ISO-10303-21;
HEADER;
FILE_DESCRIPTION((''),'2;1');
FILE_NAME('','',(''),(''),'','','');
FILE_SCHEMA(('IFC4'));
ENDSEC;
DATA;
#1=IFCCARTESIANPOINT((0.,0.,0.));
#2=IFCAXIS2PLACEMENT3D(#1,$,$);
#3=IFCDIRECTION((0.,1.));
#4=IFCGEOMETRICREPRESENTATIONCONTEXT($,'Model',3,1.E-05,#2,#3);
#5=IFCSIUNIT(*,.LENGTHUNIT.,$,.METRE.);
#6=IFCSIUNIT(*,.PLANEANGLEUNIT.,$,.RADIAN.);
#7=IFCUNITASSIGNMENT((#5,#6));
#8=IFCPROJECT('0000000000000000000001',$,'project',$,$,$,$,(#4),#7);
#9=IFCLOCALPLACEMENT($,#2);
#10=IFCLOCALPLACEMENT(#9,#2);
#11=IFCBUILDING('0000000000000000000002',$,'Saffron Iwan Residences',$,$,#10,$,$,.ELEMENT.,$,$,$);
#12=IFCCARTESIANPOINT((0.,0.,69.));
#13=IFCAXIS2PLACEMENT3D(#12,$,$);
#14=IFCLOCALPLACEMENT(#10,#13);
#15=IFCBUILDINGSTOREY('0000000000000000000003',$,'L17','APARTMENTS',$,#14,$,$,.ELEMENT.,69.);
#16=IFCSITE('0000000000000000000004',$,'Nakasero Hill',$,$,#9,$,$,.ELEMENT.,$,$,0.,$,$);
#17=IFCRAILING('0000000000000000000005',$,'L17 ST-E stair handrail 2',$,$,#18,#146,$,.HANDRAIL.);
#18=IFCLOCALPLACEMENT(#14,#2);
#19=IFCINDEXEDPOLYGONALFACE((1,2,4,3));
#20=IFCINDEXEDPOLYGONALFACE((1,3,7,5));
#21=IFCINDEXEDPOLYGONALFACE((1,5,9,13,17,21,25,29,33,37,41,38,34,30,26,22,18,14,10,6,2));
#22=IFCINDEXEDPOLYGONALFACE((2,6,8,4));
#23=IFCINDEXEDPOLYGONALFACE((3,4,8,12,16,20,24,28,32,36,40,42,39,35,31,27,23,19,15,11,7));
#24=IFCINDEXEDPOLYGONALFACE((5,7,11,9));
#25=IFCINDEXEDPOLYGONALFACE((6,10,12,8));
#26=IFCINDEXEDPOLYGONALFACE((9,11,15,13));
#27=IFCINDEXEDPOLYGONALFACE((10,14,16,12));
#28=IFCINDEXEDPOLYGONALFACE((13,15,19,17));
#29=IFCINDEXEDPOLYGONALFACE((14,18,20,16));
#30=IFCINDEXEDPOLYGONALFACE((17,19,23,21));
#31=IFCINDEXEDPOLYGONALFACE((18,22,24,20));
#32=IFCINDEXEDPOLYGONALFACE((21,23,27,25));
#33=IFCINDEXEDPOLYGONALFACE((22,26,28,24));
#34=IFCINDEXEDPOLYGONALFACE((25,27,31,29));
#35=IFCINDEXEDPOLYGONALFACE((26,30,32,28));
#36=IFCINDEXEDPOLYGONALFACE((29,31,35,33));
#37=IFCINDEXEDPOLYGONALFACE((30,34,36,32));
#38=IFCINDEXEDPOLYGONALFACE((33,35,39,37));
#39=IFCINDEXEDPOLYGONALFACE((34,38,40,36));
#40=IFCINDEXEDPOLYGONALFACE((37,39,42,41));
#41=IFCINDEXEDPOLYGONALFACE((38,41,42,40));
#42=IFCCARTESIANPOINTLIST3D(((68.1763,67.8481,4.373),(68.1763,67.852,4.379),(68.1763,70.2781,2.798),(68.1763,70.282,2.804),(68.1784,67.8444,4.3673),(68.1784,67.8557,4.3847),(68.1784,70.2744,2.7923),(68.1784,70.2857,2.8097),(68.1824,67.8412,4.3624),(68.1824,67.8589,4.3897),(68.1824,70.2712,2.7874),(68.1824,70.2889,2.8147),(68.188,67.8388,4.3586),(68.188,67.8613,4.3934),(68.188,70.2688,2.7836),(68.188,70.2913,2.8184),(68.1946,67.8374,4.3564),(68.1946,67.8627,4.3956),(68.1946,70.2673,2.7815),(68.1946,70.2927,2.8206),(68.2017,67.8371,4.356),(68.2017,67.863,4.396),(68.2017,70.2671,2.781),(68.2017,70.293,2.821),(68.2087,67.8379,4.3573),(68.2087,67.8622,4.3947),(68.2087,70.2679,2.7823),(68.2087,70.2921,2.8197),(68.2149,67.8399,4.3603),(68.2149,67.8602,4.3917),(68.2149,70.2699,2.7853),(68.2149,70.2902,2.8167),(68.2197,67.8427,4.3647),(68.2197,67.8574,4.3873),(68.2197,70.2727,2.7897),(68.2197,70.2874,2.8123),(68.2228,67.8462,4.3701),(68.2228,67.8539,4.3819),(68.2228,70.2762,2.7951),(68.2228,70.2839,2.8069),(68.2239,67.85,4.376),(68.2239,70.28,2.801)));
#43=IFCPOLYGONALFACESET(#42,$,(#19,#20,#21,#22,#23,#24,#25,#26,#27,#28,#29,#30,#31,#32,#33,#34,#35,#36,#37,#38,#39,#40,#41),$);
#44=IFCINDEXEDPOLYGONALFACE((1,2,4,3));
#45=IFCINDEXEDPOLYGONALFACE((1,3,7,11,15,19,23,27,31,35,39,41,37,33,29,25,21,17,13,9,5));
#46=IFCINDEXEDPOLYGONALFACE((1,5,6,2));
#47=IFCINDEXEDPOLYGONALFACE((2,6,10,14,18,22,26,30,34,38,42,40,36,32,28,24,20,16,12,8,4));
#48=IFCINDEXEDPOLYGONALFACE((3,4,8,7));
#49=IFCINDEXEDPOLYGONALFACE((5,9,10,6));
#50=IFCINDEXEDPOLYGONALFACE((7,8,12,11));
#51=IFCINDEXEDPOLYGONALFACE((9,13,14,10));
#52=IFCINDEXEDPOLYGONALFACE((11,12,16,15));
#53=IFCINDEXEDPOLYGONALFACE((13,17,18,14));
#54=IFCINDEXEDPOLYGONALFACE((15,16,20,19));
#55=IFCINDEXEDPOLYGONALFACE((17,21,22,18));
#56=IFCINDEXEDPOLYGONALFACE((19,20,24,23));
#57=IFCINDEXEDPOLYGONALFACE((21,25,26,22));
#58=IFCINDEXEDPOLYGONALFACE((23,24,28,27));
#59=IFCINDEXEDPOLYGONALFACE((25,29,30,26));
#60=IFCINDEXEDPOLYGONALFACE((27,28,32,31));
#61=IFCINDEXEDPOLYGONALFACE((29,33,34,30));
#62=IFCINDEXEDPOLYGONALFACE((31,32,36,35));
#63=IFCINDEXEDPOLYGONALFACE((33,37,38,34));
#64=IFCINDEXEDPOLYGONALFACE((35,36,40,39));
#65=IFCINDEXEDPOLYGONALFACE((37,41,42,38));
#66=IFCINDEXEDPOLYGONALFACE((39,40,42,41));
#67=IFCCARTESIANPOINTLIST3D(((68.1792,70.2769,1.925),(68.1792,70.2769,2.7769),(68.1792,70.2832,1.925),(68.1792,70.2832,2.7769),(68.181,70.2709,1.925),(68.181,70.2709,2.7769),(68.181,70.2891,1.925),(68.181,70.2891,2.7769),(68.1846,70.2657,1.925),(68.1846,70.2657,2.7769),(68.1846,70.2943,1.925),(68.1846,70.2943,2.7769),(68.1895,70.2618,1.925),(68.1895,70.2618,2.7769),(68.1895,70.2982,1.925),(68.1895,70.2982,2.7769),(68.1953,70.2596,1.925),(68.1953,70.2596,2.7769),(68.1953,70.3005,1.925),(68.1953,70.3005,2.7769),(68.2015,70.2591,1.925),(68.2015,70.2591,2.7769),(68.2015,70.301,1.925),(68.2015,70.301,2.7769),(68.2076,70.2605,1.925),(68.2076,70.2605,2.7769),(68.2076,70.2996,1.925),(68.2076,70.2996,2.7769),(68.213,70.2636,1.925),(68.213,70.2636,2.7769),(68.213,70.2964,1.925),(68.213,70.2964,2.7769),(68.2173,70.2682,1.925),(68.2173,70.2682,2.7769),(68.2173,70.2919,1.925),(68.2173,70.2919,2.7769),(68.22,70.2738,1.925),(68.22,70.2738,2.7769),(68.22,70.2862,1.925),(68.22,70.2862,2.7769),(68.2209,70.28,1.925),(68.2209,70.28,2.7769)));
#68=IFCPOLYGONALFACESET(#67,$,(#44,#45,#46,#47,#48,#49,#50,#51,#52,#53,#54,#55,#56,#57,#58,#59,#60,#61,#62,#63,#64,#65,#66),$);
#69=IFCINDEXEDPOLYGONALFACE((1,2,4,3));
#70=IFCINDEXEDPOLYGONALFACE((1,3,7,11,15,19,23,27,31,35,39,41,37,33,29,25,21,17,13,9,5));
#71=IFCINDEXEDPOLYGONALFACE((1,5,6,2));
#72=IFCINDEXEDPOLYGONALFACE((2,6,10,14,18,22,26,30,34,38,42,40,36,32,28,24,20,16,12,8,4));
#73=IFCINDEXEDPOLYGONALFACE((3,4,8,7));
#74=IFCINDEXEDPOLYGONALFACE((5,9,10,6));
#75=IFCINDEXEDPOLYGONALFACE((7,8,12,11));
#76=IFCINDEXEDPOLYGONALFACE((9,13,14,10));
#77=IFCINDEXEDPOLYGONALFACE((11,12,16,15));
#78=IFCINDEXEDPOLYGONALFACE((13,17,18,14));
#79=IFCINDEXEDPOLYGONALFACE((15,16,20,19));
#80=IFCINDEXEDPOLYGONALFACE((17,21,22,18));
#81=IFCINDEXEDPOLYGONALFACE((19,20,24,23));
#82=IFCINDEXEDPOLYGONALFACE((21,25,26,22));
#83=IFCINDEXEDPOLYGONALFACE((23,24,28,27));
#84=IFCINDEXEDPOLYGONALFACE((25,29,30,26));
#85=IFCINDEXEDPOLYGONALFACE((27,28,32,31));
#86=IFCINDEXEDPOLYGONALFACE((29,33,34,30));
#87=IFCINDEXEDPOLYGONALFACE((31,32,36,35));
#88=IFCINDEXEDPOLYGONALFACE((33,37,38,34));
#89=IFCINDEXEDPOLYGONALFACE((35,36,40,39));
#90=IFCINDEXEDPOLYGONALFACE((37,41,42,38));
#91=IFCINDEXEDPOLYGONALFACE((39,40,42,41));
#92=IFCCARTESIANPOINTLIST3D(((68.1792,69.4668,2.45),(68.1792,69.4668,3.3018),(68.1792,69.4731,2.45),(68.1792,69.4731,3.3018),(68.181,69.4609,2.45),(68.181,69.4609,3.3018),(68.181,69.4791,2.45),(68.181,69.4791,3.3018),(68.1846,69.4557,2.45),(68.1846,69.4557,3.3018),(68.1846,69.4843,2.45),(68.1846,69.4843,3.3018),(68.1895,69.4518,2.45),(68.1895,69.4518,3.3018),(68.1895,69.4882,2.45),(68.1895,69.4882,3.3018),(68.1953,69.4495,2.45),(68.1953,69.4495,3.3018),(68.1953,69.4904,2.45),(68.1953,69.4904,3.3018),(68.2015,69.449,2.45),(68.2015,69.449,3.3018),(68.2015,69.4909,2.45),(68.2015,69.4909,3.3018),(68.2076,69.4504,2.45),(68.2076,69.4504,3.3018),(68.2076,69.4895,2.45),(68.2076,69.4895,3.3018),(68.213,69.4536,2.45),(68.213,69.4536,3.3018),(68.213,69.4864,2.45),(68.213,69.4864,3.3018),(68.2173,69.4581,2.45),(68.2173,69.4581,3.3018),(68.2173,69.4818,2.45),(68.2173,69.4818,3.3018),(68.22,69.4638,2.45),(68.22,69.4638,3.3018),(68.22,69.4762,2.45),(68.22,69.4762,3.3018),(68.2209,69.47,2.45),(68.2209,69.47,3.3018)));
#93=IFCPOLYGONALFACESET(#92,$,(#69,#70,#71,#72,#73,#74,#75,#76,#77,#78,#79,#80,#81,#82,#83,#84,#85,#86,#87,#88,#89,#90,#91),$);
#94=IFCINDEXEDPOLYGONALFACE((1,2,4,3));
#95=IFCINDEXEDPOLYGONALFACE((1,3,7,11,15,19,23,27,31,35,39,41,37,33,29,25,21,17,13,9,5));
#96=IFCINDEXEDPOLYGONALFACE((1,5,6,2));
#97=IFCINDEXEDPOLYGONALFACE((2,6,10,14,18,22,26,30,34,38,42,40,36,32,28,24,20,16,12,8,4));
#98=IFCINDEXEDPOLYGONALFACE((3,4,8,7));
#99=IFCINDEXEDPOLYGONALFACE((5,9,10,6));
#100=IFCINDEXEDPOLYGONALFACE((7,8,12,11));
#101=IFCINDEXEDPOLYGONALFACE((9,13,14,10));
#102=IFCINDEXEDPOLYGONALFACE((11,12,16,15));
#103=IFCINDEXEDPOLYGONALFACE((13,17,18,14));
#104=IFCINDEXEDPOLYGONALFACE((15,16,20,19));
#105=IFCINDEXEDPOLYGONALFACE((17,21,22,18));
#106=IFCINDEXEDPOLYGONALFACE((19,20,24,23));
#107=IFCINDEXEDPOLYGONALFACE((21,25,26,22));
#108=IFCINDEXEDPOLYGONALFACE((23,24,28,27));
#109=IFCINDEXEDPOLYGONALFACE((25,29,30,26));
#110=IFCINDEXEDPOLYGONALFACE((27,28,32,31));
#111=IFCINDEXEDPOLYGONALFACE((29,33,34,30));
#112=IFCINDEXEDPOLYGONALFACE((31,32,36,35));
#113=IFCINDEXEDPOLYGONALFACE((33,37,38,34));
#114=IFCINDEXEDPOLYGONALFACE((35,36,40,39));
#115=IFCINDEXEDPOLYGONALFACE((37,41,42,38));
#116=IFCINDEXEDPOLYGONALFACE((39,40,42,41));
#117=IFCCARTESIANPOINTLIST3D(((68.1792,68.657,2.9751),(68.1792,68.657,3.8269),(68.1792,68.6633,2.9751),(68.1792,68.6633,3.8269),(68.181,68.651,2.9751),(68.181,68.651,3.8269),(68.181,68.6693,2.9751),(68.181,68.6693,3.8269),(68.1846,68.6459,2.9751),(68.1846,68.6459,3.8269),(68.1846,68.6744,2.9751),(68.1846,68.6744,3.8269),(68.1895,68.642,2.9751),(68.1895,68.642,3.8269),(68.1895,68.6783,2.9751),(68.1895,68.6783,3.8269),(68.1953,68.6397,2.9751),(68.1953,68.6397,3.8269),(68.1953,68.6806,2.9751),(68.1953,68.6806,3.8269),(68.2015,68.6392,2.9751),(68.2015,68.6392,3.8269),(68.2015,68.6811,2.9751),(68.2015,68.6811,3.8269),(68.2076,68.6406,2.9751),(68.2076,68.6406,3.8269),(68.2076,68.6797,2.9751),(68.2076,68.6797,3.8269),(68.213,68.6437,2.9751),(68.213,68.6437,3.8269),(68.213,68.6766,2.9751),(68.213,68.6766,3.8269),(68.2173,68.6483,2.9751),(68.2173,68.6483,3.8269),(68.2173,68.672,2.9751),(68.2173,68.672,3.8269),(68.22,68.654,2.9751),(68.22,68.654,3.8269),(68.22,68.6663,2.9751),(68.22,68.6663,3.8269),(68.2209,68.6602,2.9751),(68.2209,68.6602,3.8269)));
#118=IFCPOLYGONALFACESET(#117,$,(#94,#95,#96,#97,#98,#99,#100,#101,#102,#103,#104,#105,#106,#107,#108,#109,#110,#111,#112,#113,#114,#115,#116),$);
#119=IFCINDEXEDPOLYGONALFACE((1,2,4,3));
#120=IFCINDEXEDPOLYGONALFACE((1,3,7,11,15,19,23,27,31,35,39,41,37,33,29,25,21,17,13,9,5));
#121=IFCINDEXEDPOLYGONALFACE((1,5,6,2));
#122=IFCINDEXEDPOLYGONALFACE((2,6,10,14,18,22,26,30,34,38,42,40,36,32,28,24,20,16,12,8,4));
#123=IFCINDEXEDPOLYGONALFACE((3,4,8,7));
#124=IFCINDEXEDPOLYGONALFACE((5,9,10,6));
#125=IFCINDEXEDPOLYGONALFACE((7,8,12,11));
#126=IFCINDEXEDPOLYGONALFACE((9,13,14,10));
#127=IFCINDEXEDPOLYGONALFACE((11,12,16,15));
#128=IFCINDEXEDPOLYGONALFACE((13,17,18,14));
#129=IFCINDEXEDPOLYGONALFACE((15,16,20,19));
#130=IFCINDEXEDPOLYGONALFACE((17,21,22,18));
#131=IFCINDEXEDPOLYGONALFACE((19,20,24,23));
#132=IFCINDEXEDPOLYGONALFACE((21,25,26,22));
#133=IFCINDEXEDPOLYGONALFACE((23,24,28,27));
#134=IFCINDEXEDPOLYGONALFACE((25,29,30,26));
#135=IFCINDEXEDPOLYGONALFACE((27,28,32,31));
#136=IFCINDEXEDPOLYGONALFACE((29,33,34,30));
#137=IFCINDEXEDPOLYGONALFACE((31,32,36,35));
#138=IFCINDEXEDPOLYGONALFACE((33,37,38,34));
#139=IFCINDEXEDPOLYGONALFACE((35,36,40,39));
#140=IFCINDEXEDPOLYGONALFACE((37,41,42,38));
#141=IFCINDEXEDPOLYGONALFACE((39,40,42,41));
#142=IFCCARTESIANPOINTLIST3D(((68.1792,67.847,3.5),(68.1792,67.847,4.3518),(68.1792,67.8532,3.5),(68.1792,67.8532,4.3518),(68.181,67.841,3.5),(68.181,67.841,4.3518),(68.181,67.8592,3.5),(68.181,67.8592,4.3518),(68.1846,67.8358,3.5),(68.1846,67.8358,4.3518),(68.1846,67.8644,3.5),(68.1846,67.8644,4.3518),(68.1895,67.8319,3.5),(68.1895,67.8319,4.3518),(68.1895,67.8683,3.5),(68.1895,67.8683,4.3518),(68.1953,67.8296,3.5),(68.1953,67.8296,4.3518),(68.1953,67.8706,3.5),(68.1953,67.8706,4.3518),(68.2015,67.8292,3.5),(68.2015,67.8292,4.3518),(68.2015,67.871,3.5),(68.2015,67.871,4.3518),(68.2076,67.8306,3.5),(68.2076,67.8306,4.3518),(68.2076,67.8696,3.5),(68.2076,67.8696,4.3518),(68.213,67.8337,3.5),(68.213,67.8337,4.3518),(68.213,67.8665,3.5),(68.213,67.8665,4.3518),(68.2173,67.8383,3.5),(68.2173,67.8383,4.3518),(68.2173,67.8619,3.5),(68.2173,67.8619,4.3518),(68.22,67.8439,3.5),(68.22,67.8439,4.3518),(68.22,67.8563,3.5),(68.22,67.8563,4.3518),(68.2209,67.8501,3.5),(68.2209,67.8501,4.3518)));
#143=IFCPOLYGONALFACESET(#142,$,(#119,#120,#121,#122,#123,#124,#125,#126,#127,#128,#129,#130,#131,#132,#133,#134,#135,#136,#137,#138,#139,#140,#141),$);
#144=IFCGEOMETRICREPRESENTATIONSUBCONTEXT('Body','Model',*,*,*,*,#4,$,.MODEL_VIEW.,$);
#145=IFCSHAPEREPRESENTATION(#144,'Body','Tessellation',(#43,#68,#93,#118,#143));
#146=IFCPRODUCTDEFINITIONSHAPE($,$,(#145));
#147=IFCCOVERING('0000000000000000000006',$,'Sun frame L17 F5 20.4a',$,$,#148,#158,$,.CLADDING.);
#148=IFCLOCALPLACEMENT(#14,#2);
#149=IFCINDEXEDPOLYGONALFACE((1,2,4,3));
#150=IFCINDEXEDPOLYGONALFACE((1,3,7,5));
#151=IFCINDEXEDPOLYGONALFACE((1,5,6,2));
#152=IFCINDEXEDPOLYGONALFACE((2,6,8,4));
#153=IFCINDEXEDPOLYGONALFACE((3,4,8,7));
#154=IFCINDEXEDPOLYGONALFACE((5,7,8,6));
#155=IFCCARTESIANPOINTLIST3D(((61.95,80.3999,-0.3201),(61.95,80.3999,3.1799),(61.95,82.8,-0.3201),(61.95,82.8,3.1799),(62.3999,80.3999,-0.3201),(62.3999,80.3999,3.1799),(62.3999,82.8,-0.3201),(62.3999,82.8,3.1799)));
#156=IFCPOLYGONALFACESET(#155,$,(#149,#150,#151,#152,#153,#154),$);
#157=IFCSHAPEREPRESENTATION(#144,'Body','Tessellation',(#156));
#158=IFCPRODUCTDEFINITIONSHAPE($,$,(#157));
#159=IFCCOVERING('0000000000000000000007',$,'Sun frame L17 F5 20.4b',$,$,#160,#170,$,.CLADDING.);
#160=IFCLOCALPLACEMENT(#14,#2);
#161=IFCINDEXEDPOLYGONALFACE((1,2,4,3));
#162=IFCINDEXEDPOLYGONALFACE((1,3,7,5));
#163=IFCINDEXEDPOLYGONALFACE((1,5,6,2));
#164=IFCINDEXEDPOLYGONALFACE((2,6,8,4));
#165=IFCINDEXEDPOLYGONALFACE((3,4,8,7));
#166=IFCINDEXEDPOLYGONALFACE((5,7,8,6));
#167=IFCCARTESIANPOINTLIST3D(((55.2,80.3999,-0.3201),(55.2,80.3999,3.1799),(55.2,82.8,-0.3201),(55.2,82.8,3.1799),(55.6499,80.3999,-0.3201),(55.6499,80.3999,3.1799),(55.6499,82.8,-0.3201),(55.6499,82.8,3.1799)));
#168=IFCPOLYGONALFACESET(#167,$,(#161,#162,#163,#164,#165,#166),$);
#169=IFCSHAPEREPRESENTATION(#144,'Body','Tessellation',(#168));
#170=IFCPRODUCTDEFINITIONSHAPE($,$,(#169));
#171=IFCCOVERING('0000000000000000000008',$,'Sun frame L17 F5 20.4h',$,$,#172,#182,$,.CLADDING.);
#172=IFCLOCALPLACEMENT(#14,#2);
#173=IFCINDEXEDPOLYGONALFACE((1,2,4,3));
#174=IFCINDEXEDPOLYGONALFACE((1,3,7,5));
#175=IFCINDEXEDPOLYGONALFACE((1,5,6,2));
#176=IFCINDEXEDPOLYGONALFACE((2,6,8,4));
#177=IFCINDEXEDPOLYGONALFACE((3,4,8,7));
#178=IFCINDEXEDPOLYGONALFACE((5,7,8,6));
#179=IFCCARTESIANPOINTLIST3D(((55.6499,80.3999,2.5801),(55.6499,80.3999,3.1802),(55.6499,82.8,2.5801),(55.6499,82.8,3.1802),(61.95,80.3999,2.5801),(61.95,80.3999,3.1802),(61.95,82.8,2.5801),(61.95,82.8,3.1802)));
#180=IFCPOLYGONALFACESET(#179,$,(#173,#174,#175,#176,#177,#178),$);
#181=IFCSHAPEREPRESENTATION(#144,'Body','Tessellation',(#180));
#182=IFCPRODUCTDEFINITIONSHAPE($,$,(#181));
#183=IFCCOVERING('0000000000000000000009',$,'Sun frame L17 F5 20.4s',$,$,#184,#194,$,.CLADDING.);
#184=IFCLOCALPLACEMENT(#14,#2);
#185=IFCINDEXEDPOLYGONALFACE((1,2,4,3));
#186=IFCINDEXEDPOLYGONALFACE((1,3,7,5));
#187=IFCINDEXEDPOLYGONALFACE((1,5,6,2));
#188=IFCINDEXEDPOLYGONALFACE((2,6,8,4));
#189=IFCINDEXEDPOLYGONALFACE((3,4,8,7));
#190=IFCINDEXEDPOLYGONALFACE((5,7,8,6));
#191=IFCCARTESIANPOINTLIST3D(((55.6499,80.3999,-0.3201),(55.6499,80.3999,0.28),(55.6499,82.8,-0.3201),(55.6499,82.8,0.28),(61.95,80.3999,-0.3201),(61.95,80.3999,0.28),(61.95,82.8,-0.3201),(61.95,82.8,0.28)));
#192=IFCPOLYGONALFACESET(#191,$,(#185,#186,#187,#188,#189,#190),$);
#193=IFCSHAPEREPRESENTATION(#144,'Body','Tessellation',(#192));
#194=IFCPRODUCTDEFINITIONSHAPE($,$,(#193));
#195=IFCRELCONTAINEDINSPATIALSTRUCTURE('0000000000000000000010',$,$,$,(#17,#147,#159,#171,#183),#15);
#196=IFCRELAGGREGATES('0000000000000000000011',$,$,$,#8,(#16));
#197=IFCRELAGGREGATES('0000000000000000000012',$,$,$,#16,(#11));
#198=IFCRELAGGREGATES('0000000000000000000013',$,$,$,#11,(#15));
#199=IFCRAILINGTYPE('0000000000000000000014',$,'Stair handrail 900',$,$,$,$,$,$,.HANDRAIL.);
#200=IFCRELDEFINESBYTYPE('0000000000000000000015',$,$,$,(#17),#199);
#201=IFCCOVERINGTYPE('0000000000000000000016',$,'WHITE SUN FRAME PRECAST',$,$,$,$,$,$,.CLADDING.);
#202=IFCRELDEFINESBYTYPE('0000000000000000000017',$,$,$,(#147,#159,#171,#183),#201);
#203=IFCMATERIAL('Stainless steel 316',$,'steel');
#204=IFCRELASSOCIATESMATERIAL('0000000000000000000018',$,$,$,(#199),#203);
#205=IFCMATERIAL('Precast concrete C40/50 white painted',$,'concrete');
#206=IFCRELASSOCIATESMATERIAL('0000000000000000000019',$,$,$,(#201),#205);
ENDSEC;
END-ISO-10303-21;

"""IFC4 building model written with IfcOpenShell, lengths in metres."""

from ifc_helpers import new_model, si_unit, direction, frame, origin, origin_2d, place, context, subcontext, project, spatial, polyline, circle, outline, extrude, material, type_object, element, save


model = new_model("IFC4")

# Units and contexts
model_context = context("Model", 3, precision=1e-05, world=origin(), true_north=direction((0.0, 1.0)))
body_context = subcontext(model_context, "Body", "Model", "MODEL_VIEW")
ifc_project = project(units=[si_unit("LENGTHUNIT", "METRE"), si_unit("PLANEANGLEUNIT", "RADIAN")], contexts=[model_context])

# Site, building, storey
site_placement = place(None, origin())
site = spatial("IfcSite", under=ifc_project, at=site_placement, Name="Nakasero Hill", CompositionType="ELEMENT", RefElevation=0.0)
building_placement = place(site_placement, origin())
building = spatial("IfcBuilding", under=site, at=building_placement, Name="Saffron Iwan Residences", CompositionType="ELEMENT")
storey_placement = place(building_placement, frame((0.0, 0.0, 69.0)))
storey = spatial("IfcBuildingStorey", under=building, at=storey_placement, Name="L17", Description="APARTMENTS", CompositionType="ELEMENT", Elevation=69.0)

# Railing
ifc_material_1 = material(Name="Stainless steel 316", Category="steel")
railing_type_1 = type_object("IfcRailingType", Name="Stair handrail 900", PredefinedType="HANDRAIL", material=ifc_material_1)
railing_1_placement = place(storey_placement, frame((68.2, 70.28, 1.925)))
element("IfcRailing", 1, at=railing_1_placement, inside=storey, type_object=railing_type_1, Name="L17 ST-E stair handrail 2", PredefinedType="HANDRAIL", context=body_context, shape_type="SweptSolid", body=[
    extrude(circle(Radius=0.0239, at=origin_2d()), frame((0.0, 0.0, 0.876), z_axis=(0.0, -0.839154, 0.543894), x_axis=(1.0, 0.0, 0.0)), (0.0, 0.0, 1.0), 2.8958),
    extrude(circle(Radius=0.021, at=origin_2d()), origin(), (0.0, 0.0, 1.0), 0.8518),
    extrude(circle(Radius=0.021, at=origin_2d()), frame((0.0, -0.8101, 0.5249)), (0.0, 0.0, 1.0), 0.8518),
    extrude(circle(Radius=0.021, at=origin_2d()), frame((0.0, -1.6199, 1.05)), (0.0, 0.0, 1.0), 0.8518),
    extrude(circle(Radius=0.021, at=origin_2d()), frame((0.0, -2.4299, 1.575)), (0.0, 0.0, 1.0), 0.8518),
])

# Coverings
ifc_material_2 = material(Name="Precast concrete C40/50 white painted", Category="concrete")
covering_type_1 = type_object("IfcCoveringType", Name="WHITE SUN FRAME PRECAST", PredefinedType="CLADDING", material=ifc_material_2)
for number, where, z_axis, x_axis, name in (
    (2, (62.3999, 80.3999, -0.3201), (0.0, 1.0, 0.0), (-1.0, 0.0, 0.0), "Sun frame L17 F5 20.4a"),
    (3, (55.6499, 80.3999, -0.3201), (0.0, 1.0, 0.0), (-1.0, 0.0, 0.0), "Sun frame L17 F5 20.4b"),
):
    element("IfcCovering", number, at=place(storey_placement, frame(where, z_axis=z_axis, x_axis=x_axis)), inside=storey, type_object=covering_type_1, Name=name, PredefinedType="CLADDING", context=body_context, shape_type="SweptSolid", body=[
        extrude(outline(polyline([(0.0, 0.0), (0.45, 0.0), (0.45, 3.5), (0.0, 3.5), (0.0, 0.0)])), origin(), (0.0, 0.0, 1.0), 2.4001),
    ])
for number, where, z_axis, x_axis, name in (
    (4, (61.95, 80.3999, 2.5801), (0.0, 1.0, 0.0), (-1.0, 0.0, 0.0), "Sun frame L17 F5 20.4h"),
    (5, (61.95, 80.3999, -0.3201), (0.0, 1.0, 0.0), (-1.0, 0.0, 0.0), "Sun frame L17 F5 20.4s"),
):
    element("IfcCovering", number, at=place(storey_placement, frame(where, z_axis=z_axis, x_axis=x_axis)), inside=storey, type_object=covering_type_1, Name=name, PredefinedType="CLADDING", context=body_context, shape_type="SweptSolid", body=[
        extrude(outline(polyline([(0.0, 0.0), (6.3, 0.0), (6.3, 0.6001), (0.0, 0.6001), (0.0, 0.0)])), origin(), (0.0, 0.0, 1.0), 2.4001),
    ])

save(model, "model.ifc")
